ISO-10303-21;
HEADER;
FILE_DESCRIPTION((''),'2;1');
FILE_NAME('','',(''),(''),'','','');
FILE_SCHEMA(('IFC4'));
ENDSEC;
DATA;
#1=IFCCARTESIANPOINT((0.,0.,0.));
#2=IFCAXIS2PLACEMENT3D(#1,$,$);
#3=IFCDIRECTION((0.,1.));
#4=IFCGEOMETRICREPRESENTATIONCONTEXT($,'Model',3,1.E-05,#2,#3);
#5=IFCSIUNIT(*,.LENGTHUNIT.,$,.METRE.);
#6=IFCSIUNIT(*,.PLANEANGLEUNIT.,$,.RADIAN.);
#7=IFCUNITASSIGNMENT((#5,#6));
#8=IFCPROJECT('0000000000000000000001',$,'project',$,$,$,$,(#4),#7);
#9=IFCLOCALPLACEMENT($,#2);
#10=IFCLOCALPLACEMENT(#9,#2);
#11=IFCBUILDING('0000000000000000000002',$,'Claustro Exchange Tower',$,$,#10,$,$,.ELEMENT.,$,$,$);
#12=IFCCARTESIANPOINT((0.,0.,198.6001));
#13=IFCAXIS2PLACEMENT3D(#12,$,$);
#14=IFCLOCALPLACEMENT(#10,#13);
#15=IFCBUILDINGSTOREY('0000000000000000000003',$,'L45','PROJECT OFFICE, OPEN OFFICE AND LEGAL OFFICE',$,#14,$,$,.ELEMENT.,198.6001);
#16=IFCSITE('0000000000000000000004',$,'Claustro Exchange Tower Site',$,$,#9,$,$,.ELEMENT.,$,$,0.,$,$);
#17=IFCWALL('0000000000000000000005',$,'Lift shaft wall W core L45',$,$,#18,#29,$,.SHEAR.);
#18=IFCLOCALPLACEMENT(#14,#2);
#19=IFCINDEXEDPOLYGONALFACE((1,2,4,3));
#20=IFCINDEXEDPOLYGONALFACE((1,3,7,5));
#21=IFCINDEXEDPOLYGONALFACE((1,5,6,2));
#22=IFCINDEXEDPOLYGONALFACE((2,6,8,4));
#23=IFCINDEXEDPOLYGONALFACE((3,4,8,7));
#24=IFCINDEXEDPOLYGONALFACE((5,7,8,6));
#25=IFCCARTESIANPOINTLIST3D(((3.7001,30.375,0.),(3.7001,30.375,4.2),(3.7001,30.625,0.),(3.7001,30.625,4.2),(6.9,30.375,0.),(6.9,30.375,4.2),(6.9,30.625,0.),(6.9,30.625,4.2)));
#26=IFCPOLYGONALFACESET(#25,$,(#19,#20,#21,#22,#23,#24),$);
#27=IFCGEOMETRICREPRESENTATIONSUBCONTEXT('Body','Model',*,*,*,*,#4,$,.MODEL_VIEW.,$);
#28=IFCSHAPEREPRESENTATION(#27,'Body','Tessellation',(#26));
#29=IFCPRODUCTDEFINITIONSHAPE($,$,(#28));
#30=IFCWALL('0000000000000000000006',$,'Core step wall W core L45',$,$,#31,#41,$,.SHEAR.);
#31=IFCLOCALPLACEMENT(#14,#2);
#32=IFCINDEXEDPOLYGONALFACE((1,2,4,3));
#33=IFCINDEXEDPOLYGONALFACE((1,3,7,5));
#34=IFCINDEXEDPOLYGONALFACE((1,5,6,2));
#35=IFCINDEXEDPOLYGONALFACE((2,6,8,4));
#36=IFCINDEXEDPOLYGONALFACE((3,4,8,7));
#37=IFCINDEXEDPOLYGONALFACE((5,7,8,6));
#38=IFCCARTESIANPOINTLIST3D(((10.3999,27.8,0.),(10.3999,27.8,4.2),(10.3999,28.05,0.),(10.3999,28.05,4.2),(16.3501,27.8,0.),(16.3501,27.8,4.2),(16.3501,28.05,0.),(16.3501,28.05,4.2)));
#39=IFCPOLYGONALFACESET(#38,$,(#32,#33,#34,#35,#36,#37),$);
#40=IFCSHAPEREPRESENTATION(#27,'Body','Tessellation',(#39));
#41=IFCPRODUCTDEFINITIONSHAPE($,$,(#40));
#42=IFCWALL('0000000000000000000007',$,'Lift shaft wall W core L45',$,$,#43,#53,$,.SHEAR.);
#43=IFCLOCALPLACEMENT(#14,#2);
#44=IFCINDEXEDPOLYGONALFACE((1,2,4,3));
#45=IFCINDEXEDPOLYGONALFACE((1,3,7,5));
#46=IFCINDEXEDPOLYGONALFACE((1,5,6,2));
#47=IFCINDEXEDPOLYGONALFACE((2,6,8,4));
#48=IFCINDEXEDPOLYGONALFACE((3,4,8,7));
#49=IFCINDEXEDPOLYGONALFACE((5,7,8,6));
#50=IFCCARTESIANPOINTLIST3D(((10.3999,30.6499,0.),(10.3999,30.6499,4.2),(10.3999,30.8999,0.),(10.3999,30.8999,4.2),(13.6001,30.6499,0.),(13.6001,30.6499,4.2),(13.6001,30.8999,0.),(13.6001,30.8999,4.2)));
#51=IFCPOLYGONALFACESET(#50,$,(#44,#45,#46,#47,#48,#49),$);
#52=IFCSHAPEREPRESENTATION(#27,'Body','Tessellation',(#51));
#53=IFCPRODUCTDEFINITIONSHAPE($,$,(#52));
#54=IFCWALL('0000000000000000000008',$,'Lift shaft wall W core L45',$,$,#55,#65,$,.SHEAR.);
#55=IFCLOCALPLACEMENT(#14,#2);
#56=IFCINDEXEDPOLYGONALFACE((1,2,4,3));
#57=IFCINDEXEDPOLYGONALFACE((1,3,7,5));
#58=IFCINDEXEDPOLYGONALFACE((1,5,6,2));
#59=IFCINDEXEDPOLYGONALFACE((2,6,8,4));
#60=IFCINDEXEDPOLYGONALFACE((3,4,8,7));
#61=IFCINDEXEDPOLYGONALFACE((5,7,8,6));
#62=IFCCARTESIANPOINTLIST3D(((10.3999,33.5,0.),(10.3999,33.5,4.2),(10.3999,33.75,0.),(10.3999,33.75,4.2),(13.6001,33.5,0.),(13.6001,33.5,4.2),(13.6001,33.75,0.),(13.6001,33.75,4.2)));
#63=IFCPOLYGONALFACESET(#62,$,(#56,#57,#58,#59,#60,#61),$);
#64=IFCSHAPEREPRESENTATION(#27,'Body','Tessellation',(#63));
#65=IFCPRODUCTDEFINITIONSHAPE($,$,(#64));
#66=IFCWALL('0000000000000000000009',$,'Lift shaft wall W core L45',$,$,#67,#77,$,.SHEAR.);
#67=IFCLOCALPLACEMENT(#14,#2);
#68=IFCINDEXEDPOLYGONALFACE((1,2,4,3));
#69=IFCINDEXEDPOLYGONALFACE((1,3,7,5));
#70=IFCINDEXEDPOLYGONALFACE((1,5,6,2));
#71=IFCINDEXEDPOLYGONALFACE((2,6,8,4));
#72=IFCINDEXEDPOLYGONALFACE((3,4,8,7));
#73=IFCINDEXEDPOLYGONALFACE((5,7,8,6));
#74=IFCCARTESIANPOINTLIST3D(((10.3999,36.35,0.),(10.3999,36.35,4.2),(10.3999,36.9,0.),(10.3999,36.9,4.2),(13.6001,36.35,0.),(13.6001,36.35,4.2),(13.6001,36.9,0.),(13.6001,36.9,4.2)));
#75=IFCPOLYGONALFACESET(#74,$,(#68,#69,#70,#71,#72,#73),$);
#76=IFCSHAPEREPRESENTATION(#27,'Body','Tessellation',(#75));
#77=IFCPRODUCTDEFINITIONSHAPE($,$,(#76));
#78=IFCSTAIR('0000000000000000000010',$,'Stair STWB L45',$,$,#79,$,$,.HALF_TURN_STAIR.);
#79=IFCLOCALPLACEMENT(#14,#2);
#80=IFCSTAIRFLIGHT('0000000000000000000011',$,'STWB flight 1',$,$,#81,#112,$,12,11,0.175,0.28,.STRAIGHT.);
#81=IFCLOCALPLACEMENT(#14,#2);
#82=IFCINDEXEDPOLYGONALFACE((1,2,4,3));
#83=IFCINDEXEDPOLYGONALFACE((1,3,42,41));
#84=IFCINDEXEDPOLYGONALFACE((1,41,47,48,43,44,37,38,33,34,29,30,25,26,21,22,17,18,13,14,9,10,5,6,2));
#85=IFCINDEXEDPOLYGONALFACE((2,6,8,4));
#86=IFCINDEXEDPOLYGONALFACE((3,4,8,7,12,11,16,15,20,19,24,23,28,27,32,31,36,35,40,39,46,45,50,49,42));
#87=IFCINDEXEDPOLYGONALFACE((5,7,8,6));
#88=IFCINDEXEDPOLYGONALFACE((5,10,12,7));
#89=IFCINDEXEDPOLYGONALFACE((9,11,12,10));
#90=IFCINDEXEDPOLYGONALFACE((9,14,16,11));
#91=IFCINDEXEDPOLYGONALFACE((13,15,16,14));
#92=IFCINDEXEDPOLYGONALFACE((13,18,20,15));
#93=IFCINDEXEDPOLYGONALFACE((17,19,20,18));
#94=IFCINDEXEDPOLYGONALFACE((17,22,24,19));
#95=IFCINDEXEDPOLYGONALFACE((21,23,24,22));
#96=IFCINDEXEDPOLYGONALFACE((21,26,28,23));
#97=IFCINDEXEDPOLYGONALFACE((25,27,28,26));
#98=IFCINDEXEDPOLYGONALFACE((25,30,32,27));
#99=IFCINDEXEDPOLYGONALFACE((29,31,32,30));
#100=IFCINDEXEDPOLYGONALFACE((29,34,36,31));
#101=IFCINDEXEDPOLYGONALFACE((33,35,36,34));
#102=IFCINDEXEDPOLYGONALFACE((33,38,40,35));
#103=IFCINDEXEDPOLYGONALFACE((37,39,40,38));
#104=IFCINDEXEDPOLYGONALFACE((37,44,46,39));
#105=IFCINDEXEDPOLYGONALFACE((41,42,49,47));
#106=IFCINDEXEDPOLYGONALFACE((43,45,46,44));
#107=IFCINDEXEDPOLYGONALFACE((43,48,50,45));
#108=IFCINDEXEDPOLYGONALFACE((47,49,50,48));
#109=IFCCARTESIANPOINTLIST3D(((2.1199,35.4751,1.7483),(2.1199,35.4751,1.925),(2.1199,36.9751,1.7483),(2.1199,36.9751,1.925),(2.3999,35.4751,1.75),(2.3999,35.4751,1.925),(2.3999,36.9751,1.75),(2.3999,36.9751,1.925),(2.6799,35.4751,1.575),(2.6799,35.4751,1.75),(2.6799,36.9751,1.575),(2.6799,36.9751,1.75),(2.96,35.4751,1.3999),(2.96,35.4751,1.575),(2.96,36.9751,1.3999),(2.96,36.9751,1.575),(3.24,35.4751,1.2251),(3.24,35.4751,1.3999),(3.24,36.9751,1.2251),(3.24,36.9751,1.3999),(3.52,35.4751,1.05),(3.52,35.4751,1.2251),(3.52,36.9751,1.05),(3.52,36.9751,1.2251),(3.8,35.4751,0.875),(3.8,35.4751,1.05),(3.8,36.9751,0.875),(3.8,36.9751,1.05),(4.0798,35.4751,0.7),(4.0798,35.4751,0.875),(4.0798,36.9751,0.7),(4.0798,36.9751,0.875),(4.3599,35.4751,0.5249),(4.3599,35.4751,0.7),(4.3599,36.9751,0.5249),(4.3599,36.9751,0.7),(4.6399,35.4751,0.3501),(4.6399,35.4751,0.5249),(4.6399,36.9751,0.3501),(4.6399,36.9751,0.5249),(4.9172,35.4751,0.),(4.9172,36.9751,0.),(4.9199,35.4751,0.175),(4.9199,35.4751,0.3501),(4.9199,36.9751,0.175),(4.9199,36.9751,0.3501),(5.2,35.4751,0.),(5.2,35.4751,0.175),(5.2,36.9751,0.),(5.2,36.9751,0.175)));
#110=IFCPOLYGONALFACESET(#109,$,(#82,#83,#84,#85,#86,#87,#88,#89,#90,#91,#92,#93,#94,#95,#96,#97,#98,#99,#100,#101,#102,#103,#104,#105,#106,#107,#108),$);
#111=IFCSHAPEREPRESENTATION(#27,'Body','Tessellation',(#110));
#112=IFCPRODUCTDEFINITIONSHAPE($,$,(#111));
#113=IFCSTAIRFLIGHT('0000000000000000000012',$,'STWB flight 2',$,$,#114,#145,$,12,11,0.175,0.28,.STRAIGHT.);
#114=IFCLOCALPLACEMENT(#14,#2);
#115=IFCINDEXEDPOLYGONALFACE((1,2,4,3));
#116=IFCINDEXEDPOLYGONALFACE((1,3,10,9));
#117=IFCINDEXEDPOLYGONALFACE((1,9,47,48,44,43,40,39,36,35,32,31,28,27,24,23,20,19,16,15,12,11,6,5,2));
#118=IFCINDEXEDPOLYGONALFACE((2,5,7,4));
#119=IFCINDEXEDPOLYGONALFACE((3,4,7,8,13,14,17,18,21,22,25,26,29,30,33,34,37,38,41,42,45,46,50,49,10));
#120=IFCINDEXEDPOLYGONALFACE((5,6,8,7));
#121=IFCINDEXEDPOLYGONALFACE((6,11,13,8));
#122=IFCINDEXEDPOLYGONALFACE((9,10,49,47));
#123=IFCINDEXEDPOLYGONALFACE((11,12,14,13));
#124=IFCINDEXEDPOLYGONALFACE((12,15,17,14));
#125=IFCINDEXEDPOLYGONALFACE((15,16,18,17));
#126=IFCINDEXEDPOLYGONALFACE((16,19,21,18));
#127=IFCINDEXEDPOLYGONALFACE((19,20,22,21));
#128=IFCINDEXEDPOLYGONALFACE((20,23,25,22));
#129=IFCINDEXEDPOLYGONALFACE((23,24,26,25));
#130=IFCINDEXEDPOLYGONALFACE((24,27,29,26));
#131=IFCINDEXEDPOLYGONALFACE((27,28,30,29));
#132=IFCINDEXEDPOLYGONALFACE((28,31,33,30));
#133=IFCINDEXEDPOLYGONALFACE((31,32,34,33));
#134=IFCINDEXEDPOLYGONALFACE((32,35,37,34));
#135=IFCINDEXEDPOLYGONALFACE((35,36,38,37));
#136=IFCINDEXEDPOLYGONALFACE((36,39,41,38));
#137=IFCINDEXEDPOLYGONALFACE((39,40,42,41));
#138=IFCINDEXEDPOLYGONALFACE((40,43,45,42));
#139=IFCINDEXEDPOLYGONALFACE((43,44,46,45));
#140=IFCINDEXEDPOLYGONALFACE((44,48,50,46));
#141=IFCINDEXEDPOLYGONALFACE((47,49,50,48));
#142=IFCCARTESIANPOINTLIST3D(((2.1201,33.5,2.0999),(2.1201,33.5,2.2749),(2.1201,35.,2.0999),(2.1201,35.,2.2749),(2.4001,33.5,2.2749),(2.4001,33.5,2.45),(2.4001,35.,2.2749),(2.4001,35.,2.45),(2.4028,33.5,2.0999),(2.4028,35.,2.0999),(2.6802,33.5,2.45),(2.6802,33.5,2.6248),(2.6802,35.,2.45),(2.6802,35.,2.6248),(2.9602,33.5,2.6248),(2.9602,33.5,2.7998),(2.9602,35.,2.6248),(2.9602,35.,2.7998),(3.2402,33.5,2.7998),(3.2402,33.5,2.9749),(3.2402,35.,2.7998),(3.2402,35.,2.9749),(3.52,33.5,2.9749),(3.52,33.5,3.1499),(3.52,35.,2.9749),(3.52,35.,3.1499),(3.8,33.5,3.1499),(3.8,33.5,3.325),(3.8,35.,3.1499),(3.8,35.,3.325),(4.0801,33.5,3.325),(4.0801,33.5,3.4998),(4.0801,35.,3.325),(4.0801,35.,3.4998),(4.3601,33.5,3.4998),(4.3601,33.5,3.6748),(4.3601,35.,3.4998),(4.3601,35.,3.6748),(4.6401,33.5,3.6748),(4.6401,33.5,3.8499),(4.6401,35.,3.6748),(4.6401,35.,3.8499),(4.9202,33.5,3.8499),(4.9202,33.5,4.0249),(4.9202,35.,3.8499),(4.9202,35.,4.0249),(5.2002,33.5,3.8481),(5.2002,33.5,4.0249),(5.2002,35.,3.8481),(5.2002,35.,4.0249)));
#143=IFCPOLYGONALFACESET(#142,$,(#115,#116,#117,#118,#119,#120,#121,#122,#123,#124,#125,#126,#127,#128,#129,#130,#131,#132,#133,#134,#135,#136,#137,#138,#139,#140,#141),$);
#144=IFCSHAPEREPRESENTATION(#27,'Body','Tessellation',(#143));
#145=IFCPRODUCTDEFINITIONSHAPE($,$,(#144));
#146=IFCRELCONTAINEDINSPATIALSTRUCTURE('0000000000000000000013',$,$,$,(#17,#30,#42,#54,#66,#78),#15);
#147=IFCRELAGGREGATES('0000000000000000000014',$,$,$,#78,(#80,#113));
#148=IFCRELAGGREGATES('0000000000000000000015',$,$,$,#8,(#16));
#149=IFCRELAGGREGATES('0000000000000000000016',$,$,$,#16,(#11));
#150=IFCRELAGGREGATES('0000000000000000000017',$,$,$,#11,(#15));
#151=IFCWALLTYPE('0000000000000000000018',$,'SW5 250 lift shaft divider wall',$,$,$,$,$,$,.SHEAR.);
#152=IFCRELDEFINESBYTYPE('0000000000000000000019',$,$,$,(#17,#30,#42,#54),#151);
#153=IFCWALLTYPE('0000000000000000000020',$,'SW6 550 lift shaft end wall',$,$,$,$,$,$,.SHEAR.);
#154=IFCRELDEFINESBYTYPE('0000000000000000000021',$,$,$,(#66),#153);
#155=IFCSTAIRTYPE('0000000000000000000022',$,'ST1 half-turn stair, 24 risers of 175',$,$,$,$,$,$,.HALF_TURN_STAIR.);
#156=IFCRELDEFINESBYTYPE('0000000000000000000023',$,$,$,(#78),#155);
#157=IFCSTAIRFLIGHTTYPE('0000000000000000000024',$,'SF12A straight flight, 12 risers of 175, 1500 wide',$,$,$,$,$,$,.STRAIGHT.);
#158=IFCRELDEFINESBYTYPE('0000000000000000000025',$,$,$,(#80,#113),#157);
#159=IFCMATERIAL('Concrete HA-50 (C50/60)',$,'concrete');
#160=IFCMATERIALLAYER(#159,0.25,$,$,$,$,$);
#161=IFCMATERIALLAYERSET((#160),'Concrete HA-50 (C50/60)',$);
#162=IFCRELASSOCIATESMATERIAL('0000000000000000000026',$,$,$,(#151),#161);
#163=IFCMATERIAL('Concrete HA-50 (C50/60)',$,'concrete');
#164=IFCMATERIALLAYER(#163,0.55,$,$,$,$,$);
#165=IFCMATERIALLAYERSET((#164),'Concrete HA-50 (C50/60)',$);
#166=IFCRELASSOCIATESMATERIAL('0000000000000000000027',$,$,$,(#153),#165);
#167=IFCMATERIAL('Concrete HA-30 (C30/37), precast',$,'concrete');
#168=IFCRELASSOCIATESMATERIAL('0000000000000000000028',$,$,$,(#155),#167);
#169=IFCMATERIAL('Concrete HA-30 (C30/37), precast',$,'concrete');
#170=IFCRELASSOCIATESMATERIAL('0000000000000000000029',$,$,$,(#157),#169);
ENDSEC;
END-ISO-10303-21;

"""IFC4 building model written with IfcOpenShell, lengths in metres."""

from ifc_helpers import new_model, si_unit, direction, frame, frame_2d, origin, place, context, subcontext, project, spatial, polyline, rectangle, outline, extrude, material, layer, layer_set, type_object, element, aggregate, save


model = new_model("IFC4")

# Units and contexts
model_context = context("Model", 3, precision=1e-05, world=origin(), true_north=direction((0.0, 1.0)))
body_context = subcontext(model_context, "Body", "Model", "MODEL_VIEW")
ifc_project = project(units=[si_unit("LENGTHUNIT", "METRE"), si_unit("PLANEANGLEUNIT", "RADIAN")], contexts=[model_context])

# Site, building, storey
site_placement = place(None, origin())
site = spatial("IfcSite", under=ifc_project, at=site_placement, Name="Claustro Exchange Tower Site", CompositionType="ELEMENT", RefElevation=0.0)
building_placement = place(site_placement, origin())
building = spatial("IfcBuilding", under=site, at=building_placement, Name="Claustro Exchange Tower", CompositionType="ELEMENT")
storey_placement = place(building_placement, frame((0.0, 0.0, 198.6001)))
storey = spatial("IfcBuildingStorey", under=building, at=storey_placement, Name="L45", Description="PROJECT OFFICE, OPEN OFFICE AND LEGAL OFFICE", CompositionType="ELEMENT", Elevation=198.6001)

# Walls
ifc_material_1 = material(Name="Concrete HA-50 (C50/60)", Category="concrete")
ifc_layer_1 = layer(ifc_material_1, 0.25)
ifc_layer_set_1 = layer_set([ifc_layer_1], Name="Concrete HA-50 (C50/60)")
wall_type_1 = type_object("IfcWallType", Name="SW5 250 lift shaft divider wall", PredefinedType="SHEAR", material=ifc_layer_set_1)
wall_1_placement = place(storey_placement, frame((3.7, 30.5, 0.0), z_axis=(0.0, 0.0, 1.0), x_axis=(1.0, 0.0, 0.0)))
element("IfcWall", 1, at=wall_1_placement, inside=storey, type_object=wall_type_1, Name="Lift shaft wall W core L45", PredefinedType="SHEAR", context=body_context, shape_type="SweptSolid", body=[
    extrude(rectangle(XDim=3.2, YDim=0.25, at=frame_2d((1.6001, 0.0))), origin(), (0.0, 0.0, 1.0), 4.2),
])
wall_2_placement = place(storey_placement, frame((10.3999, 27.925, 0.0), z_axis=(0.0, 0.0, 1.0), x_axis=(1.0, 0.0, 0.0)))
element("IfcWall", 2, at=wall_2_placement, inside=storey, type_object=wall_type_1, Name="Core step wall W core L45", PredefinedType="SHEAR", context=body_context, shape_type="SweptSolid", body=[
    extrude(rectangle(XDim=5.9502, YDim=0.25, at=frame_2d((2.9751, 0.0))), origin(), (0.0, 0.0, 1.0), 4.2),
])
for number, where, z_axis, x_axis, name in (
    (3, (10.3999, 30.7749, 0.0), (0.0, 0.0, 1.0), (1.0, 0.0, 0.0), "Lift shaft wall W core L45"),
    (4, (10.3999, 33.625, 0.0), (0.0, 0.0, 1.0), (1.0, 0.0, 0.0), "Lift shaft wall W core L45"),
):
    element("IfcWall", number, at=place(storey_placement, frame(where, z_axis=z_axis, x_axis=x_axis)), inside=storey, type_object=wall_type_1, Name=name, PredefinedType="SHEAR", context=body_context, shape_type="SweptSolid", body=[
        extrude(rectangle(XDim=3.2002, YDim=0.25, at=frame_2d((1.6001, 0.0))), origin(), (0.0, 0.0, 1.0), 4.2),
    ])
ifc_material_2 = material(Name="Concrete HA-50 (C50/60)", Category="concrete")
ifc_layer_2 = layer(ifc_material_2, 0.55)
ifc_layer_set_2 = layer_set([ifc_layer_2], Name="Concrete HA-50 (C50/60)")
wall_type_2 = type_object("IfcWallType", Name="SW6 550 lift shaft end wall", PredefinedType="SHEAR", material=ifc_layer_set_2)
wall_3_placement = place(storey_placement, frame((10.3999, 36.625, 0.0), z_axis=(0.0, 0.0, 1.0), x_axis=(1.0, 0.0, 0.0)))
element("IfcWall", 5, at=wall_3_placement, inside=storey, type_object=wall_type_2, Name="Lift shaft wall W core L45", PredefinedType="SHEAR", context=body_context, shape_type="SweptSolid", body=[
    extrude(rectangle(XDim=3.2002, YDim=0.55, at=frame_2d((1.6001, 0.0))), origin(), (0.0, 0.0, 1.0), 4.2),
])

# Stair, stair flights
ifc_material_3 = material(Name="Concrete HA-30 (C30/37), precast", Category="concrete")
stair_type = type_object("IfcStairType", Name="ST1 half-turn stair, 24 risers of 175", PredefinedType="HALF_TURN_STAIR", material=ifc_material_3)
stair_placement = place(storey_placement, origin())
stair = element("IfcStair", 6, at=stair_placement, inside=storey, type_object=stair_type, Name="Stair STWB L45", PredefinedType="HALF_TURN_STAIR")
ifc_material_4 = material(Name="Concrete HA-30 (C30/37), precast", Category="concrete")
stair_flight_type = type_object("IfcStairFlightType", Name="SF12A straight flight, 12 risers of 175, 1500 wide", PredefinedType="STRAIGHT", material=ifc_material_4)
stair_flight_1_placement = place(storey_placement, frame((5.2, 36.2251, 0.0), z_axis=(0.0, 0.0, 1.0), x_axis=(-1.0, 0.0, 0.0)))
stair_flight_1 = element("IfcStairFlight", 7, at=stair_flight_1_placement, type_object=stair_flight_type, Name="STWB flight 1", NumberOfRisers=12, NumberOfTreads=11, PredefinedType="STRAIGHT", RiserHeight=0.175, TreadLength=0.28, context=body_context, shape_type="SweptSolid", body=[
    extrude(outline(polyline([(0.0, 0.0), (0.0, 0.175), (0.28, 0.175), (0.28, 0.3501), (0.5601, 0.3501), (0.5601, 0.5249), (0.8401, 0.5249), (0.8401, 0.7), (1.1201, 0.7), (1.1201, 0.875), (1.3999, 0.875), (1.3999, 1.05), (1.6799, 1.05), (1.6799, 1.2251), (1.96, 1.2251), (1.96, 1.3999), (2.24, 1.3999), (2.24, 1.575), (2.52, 1.575), (2.52, 1.75), (2.8, 1.75), (2.8, 1.925), (3.0801, 1.925), (3.0801, 2.1001), (3.0801, 1.7483), (0.2827, 0.0), (0.0, 0.0)])), frame((0.0, 0.75, 0.0), z_axis=(0.0, -1.0, 0.0), x_axis=(1.0, 0.0, 0.0)), (0.0, 0.0, 1.0), 1.5),
])
stair_flight_2_placement = place(storey_placement, frame((2.1201, 34.25, 2.0999), z_axis=(0.0, 0.0, 1.0), x_axis=(1.0, 0.0, 0.0)))
stair_flight_2 = element("IfcStairFlight", 8, at=stair_flight_2_placement, type_object=stair_flight_type, Name="STWB flight 2", NumberOfRisers=12, NumberOfTreads=11, PredefinedType="STRAIGHT", RiserHeight=0.175, TreadLength=0.28, context=body_context, shape_type="SweptSolid", body=[
    extrude(outline(polyline([(0.0, 0.0), (0.0, 0.175), (0.28, 0.175), (0.28, 0.3501), (0.5601, 0.3501), (0.5601, 0.5249), (0.8401, 0.5249), (0.8401, 0.7), (1.1201, 0.7), (1.1201, 0.875), (1.3999, 0.875), (1.3999, 1.05), (1.6799, 1.05), (1.6799, 1.2251), (1.96, 1.2251), (1.96, 1.3999), (2.24, 1.3999), (2.24, 1.575), (2.52, 1.575), (2.52, 1.75), (2.8, 1.75), (2.8, 1.925), (3.0801, 1.925), (3.0801, 2.1001), (3.0801, 1.7483), (0.2827, 0.0), (0.0, 0.0)])), frame((0.0, 0.75, 0.0), z_axis=(0.0, -1.0, 0.0), x_axis=(1.0, 0.0, 0.0)), (0.0, 0.0, 1.0), 1.5),
])
aggregate(stair, [stair_flight_1, stair_flight_2])

save(model, "model.ifc")
